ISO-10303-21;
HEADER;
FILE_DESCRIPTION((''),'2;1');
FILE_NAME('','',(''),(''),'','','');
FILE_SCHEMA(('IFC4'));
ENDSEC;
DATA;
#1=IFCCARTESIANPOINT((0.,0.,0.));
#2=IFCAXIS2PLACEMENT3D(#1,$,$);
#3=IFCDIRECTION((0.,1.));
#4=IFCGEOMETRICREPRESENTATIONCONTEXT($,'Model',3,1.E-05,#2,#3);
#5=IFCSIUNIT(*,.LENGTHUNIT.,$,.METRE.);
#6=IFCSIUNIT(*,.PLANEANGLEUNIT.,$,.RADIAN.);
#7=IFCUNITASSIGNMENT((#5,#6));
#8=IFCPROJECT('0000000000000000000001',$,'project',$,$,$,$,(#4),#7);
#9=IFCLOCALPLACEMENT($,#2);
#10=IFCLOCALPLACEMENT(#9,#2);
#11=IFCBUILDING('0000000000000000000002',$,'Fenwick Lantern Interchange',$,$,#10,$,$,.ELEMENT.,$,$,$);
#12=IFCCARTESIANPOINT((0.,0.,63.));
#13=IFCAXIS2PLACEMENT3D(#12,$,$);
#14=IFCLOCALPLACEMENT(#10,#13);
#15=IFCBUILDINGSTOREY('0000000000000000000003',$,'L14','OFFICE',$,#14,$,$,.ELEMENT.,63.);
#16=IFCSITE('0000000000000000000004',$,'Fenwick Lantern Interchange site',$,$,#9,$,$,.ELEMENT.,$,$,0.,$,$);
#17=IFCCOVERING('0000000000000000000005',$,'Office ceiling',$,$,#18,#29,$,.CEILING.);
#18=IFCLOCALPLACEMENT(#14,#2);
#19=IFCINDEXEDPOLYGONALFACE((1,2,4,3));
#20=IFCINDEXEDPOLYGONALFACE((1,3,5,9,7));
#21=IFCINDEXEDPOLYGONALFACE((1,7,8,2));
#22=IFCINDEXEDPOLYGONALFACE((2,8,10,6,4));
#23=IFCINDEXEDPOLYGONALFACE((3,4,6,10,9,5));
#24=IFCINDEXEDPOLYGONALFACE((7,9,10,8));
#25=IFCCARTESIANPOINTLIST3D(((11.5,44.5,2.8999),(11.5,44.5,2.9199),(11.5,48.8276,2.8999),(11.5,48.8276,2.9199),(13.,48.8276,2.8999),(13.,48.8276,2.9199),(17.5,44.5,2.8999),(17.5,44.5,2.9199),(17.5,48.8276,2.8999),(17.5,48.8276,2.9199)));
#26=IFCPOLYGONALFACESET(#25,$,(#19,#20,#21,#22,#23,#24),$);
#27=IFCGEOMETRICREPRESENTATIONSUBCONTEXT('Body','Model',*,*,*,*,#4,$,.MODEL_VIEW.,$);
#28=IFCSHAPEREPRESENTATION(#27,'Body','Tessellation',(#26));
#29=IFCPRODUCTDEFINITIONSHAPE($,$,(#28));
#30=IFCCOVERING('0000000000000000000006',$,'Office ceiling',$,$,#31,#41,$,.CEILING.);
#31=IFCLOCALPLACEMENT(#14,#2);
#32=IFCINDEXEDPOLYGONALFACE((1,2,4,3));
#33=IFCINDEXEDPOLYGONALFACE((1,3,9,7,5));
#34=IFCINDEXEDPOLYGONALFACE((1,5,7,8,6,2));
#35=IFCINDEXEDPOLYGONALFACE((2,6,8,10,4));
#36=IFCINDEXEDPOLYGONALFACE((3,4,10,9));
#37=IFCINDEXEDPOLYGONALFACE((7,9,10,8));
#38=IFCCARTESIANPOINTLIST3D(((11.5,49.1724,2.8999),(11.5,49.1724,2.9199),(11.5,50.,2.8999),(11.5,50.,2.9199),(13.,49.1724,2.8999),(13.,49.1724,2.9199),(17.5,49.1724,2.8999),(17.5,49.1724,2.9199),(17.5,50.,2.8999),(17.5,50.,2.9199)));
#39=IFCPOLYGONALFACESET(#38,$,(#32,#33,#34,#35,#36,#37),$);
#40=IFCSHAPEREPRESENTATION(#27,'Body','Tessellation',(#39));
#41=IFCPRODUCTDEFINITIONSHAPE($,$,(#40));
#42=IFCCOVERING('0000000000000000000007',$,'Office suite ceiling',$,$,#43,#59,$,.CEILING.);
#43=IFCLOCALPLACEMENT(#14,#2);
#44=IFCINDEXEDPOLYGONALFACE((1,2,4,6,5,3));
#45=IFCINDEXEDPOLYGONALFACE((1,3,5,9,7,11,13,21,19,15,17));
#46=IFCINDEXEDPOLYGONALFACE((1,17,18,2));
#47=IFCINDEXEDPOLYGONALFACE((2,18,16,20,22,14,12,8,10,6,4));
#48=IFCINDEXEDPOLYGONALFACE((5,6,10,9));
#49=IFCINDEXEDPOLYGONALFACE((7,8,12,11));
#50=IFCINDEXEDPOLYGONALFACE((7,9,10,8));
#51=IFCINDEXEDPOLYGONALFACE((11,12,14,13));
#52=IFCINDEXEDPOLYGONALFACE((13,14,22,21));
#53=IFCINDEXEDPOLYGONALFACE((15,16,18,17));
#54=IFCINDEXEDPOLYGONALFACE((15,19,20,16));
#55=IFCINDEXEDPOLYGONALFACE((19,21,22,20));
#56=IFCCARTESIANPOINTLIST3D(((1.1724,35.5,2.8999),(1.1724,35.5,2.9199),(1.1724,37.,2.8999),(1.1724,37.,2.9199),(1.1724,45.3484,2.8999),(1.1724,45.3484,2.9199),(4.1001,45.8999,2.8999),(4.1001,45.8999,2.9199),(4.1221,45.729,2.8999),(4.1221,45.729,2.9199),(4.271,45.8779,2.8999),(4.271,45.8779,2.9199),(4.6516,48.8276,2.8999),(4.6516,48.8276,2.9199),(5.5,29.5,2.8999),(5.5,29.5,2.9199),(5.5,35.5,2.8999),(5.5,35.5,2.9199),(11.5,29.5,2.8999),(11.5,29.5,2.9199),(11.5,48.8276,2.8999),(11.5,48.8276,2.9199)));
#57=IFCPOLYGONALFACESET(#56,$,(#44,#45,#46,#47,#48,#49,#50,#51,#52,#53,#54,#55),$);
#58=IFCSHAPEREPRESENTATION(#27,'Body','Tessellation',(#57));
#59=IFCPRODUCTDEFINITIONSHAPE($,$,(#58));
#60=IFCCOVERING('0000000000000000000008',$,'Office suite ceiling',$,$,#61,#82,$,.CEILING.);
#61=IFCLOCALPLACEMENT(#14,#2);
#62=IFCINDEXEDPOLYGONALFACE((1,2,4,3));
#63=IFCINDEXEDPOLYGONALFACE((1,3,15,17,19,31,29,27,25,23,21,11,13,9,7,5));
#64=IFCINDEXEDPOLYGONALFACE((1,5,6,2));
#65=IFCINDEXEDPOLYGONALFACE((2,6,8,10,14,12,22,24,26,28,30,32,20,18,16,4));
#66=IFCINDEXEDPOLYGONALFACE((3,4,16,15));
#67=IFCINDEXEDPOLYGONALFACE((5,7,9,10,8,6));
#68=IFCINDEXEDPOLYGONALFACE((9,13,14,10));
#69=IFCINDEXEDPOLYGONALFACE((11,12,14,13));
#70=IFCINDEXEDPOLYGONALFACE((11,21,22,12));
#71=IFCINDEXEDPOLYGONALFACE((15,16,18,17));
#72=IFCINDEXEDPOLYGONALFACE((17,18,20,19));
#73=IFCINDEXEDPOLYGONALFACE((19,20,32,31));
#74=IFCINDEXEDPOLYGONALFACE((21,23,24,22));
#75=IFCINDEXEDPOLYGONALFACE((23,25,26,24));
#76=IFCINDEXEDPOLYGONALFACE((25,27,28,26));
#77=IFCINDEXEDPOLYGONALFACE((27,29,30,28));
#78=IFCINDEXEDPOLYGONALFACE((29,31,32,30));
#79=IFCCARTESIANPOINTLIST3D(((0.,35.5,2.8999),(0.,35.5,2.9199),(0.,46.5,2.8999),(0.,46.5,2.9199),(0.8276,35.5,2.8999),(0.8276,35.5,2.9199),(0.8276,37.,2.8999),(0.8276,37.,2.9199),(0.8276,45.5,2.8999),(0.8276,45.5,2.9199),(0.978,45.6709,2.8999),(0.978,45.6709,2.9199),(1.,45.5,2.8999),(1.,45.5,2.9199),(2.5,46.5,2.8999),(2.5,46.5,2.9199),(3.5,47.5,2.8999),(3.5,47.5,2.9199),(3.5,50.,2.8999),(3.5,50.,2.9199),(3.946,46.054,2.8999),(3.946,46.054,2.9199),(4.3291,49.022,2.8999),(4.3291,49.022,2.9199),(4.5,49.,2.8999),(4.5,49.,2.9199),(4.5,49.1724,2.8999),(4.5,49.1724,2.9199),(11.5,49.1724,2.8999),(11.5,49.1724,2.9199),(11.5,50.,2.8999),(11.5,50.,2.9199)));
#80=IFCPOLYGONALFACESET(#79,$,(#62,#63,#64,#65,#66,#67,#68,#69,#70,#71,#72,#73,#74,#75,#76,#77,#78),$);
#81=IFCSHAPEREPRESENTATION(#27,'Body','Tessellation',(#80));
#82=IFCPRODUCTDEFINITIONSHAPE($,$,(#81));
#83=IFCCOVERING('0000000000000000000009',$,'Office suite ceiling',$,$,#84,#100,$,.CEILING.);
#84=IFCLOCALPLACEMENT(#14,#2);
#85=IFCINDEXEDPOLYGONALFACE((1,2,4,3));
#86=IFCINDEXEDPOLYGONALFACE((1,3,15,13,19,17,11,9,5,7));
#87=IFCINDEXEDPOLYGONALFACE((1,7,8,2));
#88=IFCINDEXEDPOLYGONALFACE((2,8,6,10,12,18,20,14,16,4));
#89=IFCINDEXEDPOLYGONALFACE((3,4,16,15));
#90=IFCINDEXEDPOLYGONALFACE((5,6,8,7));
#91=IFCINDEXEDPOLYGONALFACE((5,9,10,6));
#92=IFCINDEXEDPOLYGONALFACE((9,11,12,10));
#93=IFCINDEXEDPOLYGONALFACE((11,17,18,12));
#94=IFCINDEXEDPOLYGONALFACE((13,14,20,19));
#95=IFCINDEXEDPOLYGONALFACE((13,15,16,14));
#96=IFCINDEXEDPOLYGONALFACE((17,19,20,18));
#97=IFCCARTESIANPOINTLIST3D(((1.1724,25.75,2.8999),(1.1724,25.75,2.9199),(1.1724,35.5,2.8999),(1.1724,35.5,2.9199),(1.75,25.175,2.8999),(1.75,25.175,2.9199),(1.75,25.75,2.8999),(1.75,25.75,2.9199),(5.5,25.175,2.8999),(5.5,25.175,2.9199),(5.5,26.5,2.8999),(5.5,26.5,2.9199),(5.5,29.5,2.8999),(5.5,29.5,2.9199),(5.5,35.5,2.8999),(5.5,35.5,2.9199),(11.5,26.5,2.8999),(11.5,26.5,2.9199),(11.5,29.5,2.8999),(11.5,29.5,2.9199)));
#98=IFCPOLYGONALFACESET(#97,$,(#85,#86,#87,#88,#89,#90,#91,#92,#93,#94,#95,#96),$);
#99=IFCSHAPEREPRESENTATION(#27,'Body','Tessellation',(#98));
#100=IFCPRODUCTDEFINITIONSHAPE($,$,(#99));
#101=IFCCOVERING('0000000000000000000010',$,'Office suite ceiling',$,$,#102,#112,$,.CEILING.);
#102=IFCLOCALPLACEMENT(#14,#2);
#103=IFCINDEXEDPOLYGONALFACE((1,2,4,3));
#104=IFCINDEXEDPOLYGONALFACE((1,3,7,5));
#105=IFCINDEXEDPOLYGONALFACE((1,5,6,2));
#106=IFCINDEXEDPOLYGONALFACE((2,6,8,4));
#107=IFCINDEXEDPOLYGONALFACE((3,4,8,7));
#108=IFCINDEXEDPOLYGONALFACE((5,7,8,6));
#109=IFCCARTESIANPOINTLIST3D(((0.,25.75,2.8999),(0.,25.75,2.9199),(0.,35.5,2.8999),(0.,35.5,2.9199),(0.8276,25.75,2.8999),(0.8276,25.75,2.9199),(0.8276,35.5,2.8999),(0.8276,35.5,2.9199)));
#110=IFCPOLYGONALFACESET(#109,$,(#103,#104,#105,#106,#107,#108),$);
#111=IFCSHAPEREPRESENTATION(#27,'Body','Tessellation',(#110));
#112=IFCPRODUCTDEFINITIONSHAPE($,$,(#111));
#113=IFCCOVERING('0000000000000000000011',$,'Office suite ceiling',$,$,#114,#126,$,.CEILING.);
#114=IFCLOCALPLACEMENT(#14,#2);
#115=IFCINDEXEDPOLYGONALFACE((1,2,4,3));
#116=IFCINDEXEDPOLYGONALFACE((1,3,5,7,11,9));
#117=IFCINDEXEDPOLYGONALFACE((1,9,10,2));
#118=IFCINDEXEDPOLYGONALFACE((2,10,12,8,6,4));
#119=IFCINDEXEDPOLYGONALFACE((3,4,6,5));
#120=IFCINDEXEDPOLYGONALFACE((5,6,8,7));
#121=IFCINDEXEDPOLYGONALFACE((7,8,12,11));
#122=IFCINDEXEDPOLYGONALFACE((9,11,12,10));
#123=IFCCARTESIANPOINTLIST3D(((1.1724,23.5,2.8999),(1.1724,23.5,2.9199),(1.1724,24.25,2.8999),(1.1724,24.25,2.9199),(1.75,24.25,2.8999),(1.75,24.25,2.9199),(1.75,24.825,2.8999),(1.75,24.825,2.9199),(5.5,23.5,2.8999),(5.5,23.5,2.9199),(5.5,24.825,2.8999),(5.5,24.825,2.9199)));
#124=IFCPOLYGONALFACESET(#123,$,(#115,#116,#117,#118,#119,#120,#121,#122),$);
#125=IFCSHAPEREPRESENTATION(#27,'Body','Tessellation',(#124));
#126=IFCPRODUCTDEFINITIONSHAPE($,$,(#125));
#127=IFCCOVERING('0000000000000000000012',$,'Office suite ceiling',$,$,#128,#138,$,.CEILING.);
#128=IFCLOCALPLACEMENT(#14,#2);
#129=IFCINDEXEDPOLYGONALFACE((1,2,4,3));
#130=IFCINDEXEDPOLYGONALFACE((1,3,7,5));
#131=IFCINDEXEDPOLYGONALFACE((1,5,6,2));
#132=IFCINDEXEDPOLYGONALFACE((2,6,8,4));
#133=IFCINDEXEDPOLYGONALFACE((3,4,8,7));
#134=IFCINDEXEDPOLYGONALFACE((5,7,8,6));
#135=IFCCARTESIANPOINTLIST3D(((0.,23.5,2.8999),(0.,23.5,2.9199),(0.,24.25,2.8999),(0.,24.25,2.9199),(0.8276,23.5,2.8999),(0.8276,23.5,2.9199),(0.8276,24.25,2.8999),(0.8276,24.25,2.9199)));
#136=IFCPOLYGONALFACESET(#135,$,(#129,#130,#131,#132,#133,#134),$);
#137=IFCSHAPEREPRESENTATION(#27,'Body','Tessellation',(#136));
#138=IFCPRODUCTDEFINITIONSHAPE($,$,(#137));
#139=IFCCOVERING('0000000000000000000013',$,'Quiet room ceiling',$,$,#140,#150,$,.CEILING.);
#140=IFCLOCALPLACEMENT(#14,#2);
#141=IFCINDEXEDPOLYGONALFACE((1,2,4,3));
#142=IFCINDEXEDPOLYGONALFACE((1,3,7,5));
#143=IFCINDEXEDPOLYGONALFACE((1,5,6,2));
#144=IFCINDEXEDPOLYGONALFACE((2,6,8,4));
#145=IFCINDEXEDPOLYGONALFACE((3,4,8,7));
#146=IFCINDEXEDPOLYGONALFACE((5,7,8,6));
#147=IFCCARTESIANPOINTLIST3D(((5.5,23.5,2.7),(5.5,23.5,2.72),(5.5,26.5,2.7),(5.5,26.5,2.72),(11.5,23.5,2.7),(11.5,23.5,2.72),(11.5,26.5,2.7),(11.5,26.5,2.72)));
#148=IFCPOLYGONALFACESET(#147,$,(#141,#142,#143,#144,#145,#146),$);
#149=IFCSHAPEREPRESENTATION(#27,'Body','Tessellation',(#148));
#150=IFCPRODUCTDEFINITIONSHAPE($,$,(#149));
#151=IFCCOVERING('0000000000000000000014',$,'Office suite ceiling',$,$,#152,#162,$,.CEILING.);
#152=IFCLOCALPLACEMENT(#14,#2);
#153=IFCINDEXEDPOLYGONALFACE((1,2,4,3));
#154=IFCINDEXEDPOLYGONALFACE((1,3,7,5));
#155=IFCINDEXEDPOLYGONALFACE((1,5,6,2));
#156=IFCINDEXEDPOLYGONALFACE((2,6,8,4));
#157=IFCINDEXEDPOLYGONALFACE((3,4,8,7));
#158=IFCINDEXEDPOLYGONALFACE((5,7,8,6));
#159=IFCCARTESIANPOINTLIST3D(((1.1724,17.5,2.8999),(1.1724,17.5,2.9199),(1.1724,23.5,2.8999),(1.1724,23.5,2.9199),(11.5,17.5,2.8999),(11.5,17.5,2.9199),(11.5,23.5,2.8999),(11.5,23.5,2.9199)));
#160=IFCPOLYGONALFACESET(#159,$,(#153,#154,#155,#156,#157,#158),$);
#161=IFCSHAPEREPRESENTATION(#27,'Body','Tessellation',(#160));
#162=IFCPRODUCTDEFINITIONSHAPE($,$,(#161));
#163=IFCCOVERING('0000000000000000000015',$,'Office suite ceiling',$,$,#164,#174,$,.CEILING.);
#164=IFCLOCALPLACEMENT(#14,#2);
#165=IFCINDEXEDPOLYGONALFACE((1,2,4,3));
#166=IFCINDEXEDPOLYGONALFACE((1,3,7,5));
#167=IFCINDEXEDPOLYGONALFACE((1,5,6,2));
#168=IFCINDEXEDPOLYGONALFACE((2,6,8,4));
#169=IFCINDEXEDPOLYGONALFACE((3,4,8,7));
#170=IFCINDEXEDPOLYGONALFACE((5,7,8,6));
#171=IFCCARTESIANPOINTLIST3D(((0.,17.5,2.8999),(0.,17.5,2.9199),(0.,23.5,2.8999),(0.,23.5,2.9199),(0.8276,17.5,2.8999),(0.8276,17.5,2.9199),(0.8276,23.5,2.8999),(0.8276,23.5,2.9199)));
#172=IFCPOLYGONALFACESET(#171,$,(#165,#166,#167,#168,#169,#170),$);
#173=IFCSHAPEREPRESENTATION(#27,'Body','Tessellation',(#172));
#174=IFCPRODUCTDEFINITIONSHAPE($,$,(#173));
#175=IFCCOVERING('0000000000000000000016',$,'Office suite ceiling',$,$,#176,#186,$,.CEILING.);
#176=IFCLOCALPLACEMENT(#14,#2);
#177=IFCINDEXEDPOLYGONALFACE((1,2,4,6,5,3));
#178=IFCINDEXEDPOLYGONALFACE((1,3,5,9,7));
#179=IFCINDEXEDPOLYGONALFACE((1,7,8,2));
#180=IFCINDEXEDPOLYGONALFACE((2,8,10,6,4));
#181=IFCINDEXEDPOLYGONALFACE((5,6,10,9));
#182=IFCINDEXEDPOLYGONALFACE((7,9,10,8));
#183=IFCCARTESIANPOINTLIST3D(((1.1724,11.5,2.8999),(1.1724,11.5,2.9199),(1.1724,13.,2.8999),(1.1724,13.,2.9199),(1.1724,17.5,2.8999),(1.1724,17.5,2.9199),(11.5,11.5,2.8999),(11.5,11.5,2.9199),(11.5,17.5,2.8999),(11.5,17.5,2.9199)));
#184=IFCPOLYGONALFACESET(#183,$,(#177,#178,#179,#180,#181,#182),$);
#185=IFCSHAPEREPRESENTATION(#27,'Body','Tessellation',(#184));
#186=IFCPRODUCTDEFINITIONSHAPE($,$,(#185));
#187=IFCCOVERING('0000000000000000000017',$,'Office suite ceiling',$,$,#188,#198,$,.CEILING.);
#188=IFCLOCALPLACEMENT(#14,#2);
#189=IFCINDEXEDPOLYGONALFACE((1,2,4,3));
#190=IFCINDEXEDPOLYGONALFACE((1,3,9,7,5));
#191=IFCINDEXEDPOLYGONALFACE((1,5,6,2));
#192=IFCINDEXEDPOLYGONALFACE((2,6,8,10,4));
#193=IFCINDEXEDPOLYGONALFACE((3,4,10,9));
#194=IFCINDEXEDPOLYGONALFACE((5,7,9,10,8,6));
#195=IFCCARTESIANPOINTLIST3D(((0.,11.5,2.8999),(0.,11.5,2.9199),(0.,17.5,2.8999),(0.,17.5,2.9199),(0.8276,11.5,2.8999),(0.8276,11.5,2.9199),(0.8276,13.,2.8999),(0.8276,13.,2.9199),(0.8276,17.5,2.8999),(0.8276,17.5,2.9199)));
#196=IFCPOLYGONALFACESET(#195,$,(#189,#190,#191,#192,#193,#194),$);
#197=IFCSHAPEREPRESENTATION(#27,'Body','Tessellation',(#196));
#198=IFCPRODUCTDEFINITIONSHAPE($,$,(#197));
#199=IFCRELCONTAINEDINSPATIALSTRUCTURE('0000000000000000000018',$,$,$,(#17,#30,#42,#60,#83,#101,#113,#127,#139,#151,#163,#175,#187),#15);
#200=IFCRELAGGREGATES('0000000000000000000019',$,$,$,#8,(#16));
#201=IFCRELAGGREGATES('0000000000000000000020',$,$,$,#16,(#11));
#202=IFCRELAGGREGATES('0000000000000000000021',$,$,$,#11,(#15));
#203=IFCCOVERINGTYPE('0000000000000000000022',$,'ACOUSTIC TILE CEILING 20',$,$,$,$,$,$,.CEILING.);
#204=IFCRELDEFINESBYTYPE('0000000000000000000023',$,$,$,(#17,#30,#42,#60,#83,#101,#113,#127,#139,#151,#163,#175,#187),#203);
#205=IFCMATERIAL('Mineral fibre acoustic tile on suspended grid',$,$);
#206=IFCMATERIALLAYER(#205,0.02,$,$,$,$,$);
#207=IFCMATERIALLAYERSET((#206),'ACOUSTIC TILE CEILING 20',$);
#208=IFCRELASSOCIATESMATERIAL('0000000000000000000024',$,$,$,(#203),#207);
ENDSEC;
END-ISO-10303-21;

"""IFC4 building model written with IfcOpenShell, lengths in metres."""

from ifc_helpers import new_model, si_unit, direction, frame, origin, place, context, subcontext, project, spatial, polyline, outline, extrude, material, layer, layer_set, type_object, element, save


model = new_model("IFC4")

# Units and contexts
model_context = context("Model", 3, precision=1e-05, world=origin(), true_north=direction((0.0, 1.0)))
body_context = subcontext(model_context, "Body", "Model", "MODEL_VIEW")
ifc_project = project(units=[si_unit("LENGTHUNIT", "METRE"), si_unit("PLANEANGLEUNIT", "RADIAN")], contexts=[model_context])

# Site, building, storey
site_placement = place(None, origin())
site = spatial("IfcSite", under=ifc_project, at=site_placement, Name="Fenwick Lantern Interchange site", CompositionType="ELEMENT", RefElevation=0.0)
building_placement = place(site_placement, origin())
building = spatial("IfcBuilding", under=site, at=building_placement, Name="Fenwick Lantern Interchange", CompositionType="ELEMENT")
storey_placement = place(building_placement, frame((0.0, 0.0, 63.0)))
storey = spatial("IfcBuildingStorey", under=building, at=storey_placement, Name="L14", Description="OFFICE", CompositionType="ELEMENT", Elevation=63.0)

# Coverings
ifc_material_1 = material(Name="Mineral fibre acoustic tile on suspended grid")
ifc_layer_1 = layer(ifc_material_1, 0.02)
ifc_layer_set_1 = layer_set([ifc_layer_1], Name="ACOUSTIC TILE CEILING 20")
covering_type_1 = type_object("IfcCoveringType", Name="ACOUSTIC TILE CEILING 20", PredefinedType="CEILING", material=ifc_layer_set_1)
covering_1_placement = place(storey_placement, frame((0.0, 0.0, 2.8999)))
element("IfcCovering", 1, at=covering_1_placement, inside=storey, type_object=covering_type_1, Name="Office ceiling", PredefinedType="CEILING", context=body_context, shape_type="SweptSolid", body=[
    extrude(outline(polyline([(17.5, 44.5), (17.5, 48.8276), (13.0, 48.8276), (11.5, 48.8276), (11.5, 44.5), (17.5, 44.5)])), origin(), (0.0, 0.0, 1.0), 0.02),
])
covering_2_placement = place(storey_placement, frame((0.0, 0.0, 2.8999)))
element("IfcCovering", 2, at=covering_2_placement, inside=storey, type_object=covering_type_1, Name="Office ceiling", PredefinedType="CEILING", context=body_context, shape_type="SweptSolid", body=[
    extrude(outline(polyline([(11.5, 50.0), (11.5, 49.1724), (13.0, 49.1724), (17.5, 49.1724), (17.5, 50.0), (11.5, 50.0)])), origin(), (0.0, 0.0, 1.0), 0.02),
])
covering_3_placement = place(storey_placement, frame((0.0, 0.0, 2.8999)))
element("IfcCovering", 3, at=covering_3_placement, inside=storey, type_object=covering_type_1, Name="Office suite ceiling", PredefinedType="CEILING", context=body_context, shape_type="SweptSolid", body=[
    extrude(outline(polyline([(11.5, 29.5), (11.5, 48.8276), (4.6516, 48.8276), (4.271, 45.8779), (4.1001, 45.8999), (4.1221, 45.729), (1.1724, 45.3484), (1.1724, 37.0), (1.1724, 35.5), (5.5, 35.5), (5.5, 29.5), (11.5, 29.5)])), origin(), (0.0, 0.0, 1.0), 0.02),
])
covering_4_placement = place(storey_placement, frame((0.0, 0.0, 2.8999)))
element("IfcCovering", 4, at=covering_4_placement, inside=storey, type_object=covering_type_1, Name="Office suite ceiling", PredefinedType="CEILING", context=body_context, shape_type="SweptSolid", body=[
    extrude(outline(polyline([(3.5, 47.5), (2.5, 46.5), (0.0, 46.5), (0.0, 35.5), (0.8276, 35.5), (0.8276, 37.0), (0.8276, 45.5), (1.0, 45.5), (0.978, 45.6709), (3.946, 46.054), (4.3291, 49.022), (4.5, 49.0), (4.5, 49.1724), (11.5, 49.1724), (11.5, 50.0), (3.5, 50.0), (3.5, 47.5)])), origin(), (0.0, 0.0, 1.0), 0.02),
])
covering_5_placement = place(storey_placement, frame((0.0, 0.0, 2.8999)))
element("IfcCovering", 5, at=covering_5_placement, inside=storey, type_object=covering_type_1, Name="Office suite ceiling", PredefinedType="CEILING", context=body_context, shape_type="SweptSolid", body=[
    extrude(outline(polyline([(5.5, 29.5), (5.5, 35.5), (1.1724, 35.5), (1.1724, 25.75), (1.75, 25.75), (1.75, 25.175), (5.5, 25.175), (5.5, 26.5), (11.5, 26.5), (11.5, 29.5), (5.5, 29.5)])), origin(), (0.0, 0.0, 1.0), 0.02),
])
covering_6_placement = place(storey_placement, frame((0.0, 0.0, 2.8999)))
element("IfcCovering", 6, at=covering_6_placement, inside=storey, type_object=covering_type_1, Name="Office suite ceiling", PredefinedType="CEILING", context=body_context, shape_type="SweptSolid", body=[
    extrude(outline(polyline([(0.0, 25.75), (0.8276, 25.75), (0.8276, 35.5), (0.0, 35.5), (0.0, 25.75)])), origin(), (0.0, 0.0, 1.0), 0.02),
])
covering_7_placement = place(storey_placement, frame((0.0, 0.0, 2.8999)))
element("IfcCovering", 7, at=covering_7_placement, inside=storey, type_object=covering_type_1, Name="Office suite ceiling", PredefinedType="CEILING", context=body_context, shape_type="SweptSolid", body=[
    extrude(outline(polyline([(5.5, 23.5), (5.5, 24.825), (1.75, 24.825), (1.75, 24.25), (1.1724, 24.25), (1.1724, 23.5), (5.5, 23.5)])), origin(), (0.0, 0.0, 1.0), 0.02),
])
covering_8_placement = place(storey_placement, frame((0.0, 0.0, 2.8999)))
element("IfcCovering", 8, at=covering_8_placement, inside=storey, type_object=covering_type_1, Name="Office suite ceiling", PredefinedType="CEILING", context=body_context, shape_type="SweptSolid", body=[
    extrude(outline(polyline([(0.0, 23.5), (0.8276, 23.5), (0.8276, 24.25), (0.0, 24.25), (0.0, 23.5)])), origin(), (0.0, 0.0, 1.0), 0.02),
])
covering_9_placement = place(storey_placement, frame((0.0, 0.0, 2.7)))
element("IfcCovering", 9, at=covering_9_placement, inside=storey, type_object=covering_type_1, Name="Quiet room ceiling", PredefinedType="CEILING", context=body_context, shape_type="SweptSolid", body=[
    extrude(outline(polyline([(5.5, 26.5), (5.5, 23.5), (11.5, 23.5), (11.5, 26.5), (5.5, 26.5)])), origin(), (0.0, 0.0, 1.0), 0.02),
])
covering_10_placement = place(storey_placement, frame((0.0, 0.0, 2.8999)))
element("IfcCovering", 10, at=covering_10_placement, inside=storey, type_object=covering_type_1, Name="Office suite ceiling", PredefinedType="CEILING", context=body_context, shape_type="SweptSolid", body=[
    extrude(outline(polyline([(11.5, 23.5), (1.1724, 23.5), (1.1724, 17.5), (11.5, 17.5), (11.5, 23.5)])), origin(), (0.0, 0.0, 1.0), 0.02),
])
covering_11_placement = place(storey_placement, frame((0.0, 0.0, 2.8999)))
element("IfcCovering", 11, at=covering_11_placement, inside=storey, type_object=covering_type_1, Name="Office suite ceiling", PredefinedType="CEILING", context=body_context, shape_type="SweptSolid", body=[
    extrude(outline(polyline([(0.0, 23.5), (0.0, 17.5), (0.8276, 17.5), (0.8276, 23.5), (0.0, 23.5)])), origin(), (0.0, 0.0, 1.0), 0.02),
])
covering_12_placement = place(storey_placement, frame((0.0, 0.0, 2.8999)))
element("IfcCovering", 12, at=covering_12_placement, inside=storey, type_object=covering_type_1, Name="Office suite ceiling", PredefinedType="CEILING", context=body_context, shape_type="SweptSolid", body=[
    extrude(outline(polyline([(11.5, 17.5), (1.1724, 17.5), (1.1724, 13.0), (1.1724, 11.5), (11.5, 11.5), (11.5, 17.5)])), origin(), (0.0, 0.0, 1.0), 0.02),
])
covering_13_placement = place(storey_placement, frame((0.0, 0.0, 2.8999)))
element("IfcCovering", 13, at=covering_13_placement, inside=storey, type_object=covering_type_1, Name="Office suite ceiling", PredefinedType="CEILING", context=body_context, shape_type="SweptSolid", body=[
    extrude(outline(polyline([(0.0, 17.5), (0.0, 11.5), (0.8276, 11.5), (0.8276, 13.0), (0.8276, 17.5), (0.0, 17.5)])), origin(), (0.0, 0.0, 1.0), 0.02),
])

save(model, "model.ifc")
